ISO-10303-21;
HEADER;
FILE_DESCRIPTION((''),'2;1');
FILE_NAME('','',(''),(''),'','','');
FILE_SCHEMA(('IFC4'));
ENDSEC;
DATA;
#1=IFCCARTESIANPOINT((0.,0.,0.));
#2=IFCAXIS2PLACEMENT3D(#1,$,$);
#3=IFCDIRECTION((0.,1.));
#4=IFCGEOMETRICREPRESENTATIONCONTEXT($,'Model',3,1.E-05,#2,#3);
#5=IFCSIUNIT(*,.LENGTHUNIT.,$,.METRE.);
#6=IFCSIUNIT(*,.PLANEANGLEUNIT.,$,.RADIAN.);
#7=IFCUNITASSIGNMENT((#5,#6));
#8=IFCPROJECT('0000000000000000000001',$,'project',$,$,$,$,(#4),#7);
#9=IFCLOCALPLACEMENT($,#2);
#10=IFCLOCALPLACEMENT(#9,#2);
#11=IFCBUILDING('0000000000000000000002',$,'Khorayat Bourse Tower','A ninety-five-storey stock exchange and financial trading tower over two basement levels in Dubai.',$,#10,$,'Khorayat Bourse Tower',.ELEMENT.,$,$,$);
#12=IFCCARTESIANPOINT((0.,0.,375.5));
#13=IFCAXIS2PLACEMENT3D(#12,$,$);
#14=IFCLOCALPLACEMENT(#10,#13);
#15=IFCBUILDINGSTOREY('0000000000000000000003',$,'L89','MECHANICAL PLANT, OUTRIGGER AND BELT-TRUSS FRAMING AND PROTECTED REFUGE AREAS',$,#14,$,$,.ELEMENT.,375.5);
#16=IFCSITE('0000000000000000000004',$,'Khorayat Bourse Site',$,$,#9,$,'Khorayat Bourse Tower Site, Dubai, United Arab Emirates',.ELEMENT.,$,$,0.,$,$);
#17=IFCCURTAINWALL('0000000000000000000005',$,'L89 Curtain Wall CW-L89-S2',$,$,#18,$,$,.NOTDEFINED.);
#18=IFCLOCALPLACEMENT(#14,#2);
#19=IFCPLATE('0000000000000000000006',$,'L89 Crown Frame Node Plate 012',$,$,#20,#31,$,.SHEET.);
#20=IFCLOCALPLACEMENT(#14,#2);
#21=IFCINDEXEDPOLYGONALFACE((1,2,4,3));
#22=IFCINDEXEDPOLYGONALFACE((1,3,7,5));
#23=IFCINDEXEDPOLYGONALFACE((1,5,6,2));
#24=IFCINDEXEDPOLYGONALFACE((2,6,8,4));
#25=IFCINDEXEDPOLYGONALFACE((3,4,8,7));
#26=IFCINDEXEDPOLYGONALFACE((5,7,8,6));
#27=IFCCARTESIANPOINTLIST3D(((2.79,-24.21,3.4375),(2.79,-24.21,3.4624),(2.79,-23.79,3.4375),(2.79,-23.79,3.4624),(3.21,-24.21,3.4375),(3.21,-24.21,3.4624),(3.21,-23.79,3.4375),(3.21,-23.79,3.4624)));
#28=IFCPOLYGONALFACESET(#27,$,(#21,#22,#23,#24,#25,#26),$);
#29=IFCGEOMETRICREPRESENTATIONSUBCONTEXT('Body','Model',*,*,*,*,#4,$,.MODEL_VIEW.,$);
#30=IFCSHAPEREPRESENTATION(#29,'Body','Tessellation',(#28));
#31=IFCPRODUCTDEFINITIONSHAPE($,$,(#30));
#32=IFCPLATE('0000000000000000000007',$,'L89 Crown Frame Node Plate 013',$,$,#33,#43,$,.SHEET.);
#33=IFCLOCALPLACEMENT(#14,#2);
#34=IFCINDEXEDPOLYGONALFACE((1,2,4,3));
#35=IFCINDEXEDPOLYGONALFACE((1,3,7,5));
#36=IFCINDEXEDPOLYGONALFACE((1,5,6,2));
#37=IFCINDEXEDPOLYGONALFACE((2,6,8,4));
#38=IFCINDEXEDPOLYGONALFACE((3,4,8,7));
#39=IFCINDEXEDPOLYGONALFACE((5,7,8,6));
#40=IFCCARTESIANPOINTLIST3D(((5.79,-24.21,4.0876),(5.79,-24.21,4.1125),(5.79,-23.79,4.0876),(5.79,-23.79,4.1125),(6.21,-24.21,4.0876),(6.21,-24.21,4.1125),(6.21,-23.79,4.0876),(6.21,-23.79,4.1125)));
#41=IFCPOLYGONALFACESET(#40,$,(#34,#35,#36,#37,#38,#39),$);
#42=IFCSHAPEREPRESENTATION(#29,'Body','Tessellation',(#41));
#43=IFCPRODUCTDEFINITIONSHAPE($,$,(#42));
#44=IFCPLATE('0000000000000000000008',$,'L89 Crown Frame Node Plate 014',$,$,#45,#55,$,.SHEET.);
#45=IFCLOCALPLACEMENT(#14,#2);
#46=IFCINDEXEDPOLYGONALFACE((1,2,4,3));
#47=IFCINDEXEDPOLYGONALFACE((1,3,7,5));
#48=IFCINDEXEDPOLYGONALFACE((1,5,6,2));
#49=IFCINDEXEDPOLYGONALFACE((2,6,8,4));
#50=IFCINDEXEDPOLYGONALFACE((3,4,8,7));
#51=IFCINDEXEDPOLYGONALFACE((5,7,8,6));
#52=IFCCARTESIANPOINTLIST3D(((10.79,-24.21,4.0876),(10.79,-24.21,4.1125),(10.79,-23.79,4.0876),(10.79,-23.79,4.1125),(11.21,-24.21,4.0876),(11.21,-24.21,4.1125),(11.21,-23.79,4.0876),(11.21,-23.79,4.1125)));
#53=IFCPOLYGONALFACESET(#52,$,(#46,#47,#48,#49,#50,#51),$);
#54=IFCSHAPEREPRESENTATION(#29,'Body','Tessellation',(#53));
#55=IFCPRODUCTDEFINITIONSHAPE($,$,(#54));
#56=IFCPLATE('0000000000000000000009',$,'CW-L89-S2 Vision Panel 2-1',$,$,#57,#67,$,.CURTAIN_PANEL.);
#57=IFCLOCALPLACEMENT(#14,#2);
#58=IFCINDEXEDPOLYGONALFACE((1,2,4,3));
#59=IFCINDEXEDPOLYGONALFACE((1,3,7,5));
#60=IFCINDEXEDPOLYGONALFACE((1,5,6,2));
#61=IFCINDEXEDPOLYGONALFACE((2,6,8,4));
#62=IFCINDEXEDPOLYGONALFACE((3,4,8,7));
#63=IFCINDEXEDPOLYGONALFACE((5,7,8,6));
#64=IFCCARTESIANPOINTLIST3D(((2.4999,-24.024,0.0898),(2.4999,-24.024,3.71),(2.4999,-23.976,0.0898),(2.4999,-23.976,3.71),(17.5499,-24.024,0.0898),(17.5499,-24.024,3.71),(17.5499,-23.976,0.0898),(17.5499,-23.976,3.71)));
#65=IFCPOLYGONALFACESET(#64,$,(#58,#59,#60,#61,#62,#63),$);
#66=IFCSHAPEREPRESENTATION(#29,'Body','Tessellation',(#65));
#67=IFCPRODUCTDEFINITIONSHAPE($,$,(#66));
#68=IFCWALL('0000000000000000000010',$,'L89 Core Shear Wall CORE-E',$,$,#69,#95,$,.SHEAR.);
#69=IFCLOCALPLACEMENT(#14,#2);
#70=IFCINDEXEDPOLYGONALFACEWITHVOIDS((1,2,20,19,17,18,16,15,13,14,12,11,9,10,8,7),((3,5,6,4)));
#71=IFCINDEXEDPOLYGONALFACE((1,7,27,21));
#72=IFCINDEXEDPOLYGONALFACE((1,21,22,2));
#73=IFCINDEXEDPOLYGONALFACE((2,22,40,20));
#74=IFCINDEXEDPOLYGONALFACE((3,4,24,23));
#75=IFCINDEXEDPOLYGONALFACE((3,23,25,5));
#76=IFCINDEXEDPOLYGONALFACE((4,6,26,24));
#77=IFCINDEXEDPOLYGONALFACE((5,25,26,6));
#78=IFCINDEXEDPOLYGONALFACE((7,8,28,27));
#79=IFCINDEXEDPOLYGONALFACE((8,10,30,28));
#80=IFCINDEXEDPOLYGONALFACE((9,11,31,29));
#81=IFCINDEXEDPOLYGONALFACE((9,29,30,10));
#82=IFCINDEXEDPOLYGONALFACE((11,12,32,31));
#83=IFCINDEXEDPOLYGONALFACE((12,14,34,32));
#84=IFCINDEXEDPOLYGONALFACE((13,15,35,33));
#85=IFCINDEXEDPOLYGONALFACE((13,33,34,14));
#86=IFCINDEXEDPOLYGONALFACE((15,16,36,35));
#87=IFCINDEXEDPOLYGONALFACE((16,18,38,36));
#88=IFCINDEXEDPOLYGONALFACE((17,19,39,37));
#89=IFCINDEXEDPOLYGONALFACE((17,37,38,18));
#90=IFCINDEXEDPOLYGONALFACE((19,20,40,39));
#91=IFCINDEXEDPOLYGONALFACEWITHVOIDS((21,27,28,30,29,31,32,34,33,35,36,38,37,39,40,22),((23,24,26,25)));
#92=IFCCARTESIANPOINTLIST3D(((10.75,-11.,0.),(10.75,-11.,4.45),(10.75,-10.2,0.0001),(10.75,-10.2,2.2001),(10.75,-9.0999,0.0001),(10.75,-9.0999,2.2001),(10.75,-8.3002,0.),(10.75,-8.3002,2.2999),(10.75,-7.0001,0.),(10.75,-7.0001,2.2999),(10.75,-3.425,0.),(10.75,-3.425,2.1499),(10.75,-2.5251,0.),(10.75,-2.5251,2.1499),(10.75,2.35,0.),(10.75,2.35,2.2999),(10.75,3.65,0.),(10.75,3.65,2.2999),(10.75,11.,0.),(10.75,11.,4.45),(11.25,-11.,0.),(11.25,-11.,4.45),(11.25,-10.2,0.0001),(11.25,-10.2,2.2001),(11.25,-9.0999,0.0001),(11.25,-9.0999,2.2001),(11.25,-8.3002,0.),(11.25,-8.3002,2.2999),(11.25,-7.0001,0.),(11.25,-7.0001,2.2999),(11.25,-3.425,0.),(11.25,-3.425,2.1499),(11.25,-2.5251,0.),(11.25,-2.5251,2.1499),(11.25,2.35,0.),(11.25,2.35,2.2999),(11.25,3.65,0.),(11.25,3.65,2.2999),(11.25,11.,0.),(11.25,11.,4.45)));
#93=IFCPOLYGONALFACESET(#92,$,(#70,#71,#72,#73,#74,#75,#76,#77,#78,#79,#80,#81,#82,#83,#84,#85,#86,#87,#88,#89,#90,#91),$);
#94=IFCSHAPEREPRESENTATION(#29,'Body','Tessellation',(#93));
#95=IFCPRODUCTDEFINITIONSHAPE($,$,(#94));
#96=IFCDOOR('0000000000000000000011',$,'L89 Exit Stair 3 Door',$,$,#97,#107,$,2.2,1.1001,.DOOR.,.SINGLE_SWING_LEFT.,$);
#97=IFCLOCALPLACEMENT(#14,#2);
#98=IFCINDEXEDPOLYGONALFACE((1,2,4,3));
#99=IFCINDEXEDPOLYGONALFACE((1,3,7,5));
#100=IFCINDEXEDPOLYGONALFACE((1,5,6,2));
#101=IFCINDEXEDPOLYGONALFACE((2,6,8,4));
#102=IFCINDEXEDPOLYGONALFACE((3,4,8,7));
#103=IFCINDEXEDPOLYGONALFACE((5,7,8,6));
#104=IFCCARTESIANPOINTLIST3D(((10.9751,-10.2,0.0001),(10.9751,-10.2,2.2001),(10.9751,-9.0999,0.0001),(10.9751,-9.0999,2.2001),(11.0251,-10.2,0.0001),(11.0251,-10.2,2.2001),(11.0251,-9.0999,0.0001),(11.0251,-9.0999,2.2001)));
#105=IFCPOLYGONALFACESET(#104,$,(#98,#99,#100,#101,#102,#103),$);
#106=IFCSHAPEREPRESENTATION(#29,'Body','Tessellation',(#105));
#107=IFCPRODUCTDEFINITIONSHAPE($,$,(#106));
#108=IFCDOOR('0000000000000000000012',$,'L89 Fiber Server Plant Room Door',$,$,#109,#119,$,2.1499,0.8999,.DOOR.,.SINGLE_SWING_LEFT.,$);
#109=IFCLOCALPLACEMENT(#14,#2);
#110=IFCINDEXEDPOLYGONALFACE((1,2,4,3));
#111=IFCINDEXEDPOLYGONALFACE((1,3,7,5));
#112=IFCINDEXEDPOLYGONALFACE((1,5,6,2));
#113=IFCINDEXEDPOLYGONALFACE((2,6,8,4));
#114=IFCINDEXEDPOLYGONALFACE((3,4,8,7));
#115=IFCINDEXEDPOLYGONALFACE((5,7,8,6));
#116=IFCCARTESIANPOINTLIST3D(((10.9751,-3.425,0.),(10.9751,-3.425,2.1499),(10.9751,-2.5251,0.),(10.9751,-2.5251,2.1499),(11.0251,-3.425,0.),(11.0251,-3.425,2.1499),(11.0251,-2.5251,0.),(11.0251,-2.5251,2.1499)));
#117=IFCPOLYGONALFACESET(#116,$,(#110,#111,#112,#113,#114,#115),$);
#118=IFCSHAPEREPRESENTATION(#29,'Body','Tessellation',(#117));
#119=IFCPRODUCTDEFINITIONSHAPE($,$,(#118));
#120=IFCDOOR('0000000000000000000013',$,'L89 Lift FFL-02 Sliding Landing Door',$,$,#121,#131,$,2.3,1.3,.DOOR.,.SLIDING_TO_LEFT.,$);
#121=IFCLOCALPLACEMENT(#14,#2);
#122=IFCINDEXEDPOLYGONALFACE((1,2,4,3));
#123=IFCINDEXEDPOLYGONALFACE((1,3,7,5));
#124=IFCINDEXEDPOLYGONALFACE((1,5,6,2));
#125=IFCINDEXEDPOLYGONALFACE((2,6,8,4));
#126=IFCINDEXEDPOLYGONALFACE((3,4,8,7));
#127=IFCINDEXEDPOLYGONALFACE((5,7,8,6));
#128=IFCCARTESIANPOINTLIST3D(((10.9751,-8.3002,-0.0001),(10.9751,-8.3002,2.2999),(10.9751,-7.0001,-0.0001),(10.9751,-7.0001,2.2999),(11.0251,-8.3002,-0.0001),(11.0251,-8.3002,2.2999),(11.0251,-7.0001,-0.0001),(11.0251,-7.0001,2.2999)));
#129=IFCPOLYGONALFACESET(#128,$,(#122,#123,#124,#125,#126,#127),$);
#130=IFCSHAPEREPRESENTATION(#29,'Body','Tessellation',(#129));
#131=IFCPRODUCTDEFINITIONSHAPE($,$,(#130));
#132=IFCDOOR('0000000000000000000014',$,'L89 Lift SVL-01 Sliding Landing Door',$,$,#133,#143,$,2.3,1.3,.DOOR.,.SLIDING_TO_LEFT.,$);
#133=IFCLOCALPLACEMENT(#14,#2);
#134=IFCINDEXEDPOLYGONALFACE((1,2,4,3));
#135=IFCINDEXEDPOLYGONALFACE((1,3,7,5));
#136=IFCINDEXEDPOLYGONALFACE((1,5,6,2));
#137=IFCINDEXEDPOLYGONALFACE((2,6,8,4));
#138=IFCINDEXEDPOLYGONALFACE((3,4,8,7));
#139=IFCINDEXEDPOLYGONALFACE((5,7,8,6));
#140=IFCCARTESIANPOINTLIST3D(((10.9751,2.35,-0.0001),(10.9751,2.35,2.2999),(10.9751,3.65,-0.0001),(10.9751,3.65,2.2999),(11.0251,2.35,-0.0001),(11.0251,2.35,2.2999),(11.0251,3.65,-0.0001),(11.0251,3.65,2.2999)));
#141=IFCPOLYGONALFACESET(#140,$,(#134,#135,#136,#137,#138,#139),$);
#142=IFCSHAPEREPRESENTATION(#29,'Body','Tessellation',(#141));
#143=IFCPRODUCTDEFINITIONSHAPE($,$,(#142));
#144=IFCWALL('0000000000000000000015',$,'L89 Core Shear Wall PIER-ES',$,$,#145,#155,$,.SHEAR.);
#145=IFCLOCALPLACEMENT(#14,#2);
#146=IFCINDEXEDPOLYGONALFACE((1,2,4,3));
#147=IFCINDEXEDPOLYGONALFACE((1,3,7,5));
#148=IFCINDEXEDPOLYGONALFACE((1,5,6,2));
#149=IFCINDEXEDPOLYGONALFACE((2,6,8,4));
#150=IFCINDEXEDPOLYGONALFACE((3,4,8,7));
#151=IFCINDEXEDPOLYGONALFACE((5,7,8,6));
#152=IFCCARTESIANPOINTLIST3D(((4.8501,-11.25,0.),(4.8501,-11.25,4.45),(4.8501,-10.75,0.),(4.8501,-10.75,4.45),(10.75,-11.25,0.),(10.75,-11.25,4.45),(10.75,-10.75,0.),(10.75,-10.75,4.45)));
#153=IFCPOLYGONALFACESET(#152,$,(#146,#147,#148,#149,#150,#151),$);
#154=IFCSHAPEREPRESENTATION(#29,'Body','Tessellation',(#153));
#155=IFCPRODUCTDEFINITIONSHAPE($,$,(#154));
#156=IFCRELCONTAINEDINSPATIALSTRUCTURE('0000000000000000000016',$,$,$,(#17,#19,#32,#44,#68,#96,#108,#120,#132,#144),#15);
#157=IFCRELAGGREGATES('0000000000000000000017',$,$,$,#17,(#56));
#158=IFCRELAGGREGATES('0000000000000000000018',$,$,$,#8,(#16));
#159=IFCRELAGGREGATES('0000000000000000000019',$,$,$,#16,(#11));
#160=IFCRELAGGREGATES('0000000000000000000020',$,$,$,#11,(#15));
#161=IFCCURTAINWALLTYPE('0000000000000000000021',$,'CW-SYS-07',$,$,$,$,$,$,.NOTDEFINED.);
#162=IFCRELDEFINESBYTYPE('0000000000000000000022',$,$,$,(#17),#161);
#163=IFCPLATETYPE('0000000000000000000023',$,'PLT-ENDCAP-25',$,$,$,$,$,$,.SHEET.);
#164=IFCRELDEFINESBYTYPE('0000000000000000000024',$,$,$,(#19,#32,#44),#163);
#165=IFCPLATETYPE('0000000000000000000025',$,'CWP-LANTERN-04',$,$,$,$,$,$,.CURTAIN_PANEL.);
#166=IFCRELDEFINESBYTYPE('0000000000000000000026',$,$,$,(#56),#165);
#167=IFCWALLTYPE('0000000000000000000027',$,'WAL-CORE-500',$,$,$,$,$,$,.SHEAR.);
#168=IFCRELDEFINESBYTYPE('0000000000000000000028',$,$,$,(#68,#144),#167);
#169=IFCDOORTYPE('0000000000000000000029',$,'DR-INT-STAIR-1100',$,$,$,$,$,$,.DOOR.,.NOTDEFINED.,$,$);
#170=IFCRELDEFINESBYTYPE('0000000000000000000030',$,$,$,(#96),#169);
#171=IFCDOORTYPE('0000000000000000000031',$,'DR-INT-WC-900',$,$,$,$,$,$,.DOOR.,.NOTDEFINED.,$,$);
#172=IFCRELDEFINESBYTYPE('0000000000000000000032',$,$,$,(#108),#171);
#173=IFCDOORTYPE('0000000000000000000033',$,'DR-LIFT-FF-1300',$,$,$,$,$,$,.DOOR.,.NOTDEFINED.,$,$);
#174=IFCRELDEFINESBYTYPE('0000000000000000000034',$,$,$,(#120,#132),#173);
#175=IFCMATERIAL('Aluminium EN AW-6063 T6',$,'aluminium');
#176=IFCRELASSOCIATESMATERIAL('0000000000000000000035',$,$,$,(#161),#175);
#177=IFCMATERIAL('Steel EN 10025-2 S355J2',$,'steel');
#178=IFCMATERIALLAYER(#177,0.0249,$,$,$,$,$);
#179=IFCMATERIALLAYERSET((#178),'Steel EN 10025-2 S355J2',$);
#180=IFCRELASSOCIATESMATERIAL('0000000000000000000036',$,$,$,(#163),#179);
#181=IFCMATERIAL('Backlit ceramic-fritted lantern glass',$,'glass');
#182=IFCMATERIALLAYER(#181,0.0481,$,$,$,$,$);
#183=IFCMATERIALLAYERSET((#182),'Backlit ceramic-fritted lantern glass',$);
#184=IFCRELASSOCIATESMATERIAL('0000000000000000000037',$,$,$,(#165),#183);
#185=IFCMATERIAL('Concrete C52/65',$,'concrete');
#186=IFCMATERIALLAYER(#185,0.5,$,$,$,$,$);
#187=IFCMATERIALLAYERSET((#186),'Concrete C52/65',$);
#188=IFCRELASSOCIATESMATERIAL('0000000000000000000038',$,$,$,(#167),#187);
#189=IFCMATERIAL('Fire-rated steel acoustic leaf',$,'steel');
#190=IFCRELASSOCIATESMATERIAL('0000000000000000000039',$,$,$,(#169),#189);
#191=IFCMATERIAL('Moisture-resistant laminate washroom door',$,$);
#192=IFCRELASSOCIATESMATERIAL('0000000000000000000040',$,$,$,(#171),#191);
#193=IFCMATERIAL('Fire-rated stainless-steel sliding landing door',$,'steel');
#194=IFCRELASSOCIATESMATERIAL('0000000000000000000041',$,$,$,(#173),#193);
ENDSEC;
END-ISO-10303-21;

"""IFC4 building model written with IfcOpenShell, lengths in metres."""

from ifc_helpers import new_model, si_unit, direction, frame, frame_2d, origin, origin_2d, place, context, subcontext, project, spatial, rectangle, extrude, source, transform, mapped, material, layer, layer_set, type_object, element, fill, aggregate, save


model = new_model("IFC4")

# Units and contexts
model_context = context("Model", 3, precision=1e-05, world=origin(), true_north=direction((0.0, 1.0)))
body_context = subcontext(model_context, "Body", "Model", "MODEL_VIEW")
ifc_project = project(units=[si_unit("LENGTHUNIT", "METRE"), si_unit("PLANEANGLEUNIT", "RADIAN")], contexts=[model_context])

# Site, building, storey
site_placement = place(None, origin())
site = spatial("IfcSite", under=ifc_project, at=site_placement, Name="Khorayat Bourse Site", LongName="Khorayat Bourse Tower Site, Dubai, United Arab Emirates", CompositionType="ELEMENT", RefElevation=0.0)
building_placement = place(site_placement, origin())
building = spatial("IfcBuilding", under=site, at=building_placement, Name="Khorayat Bourse Tower", Description="A ninety-five-storey stock exchange and financial trading tower over two basement levels in Dubai.", LongName="Khorayat Bourse Tower", CompositionType="ELEMENT")
storey_placement = place(building_placement, frame((0.0, 0.0, 375.5)))
storey = spatial("IfcBuildingStorey", under=building, at=storey_placement, Name="L89", Description="MECHANICAL PLANT, OUTRIGGER AND BELT-TRUSS FRAMING AND PROTECTED REFUGE AREAS", CompositionType="ELEMENT", Elevation=375.5)

# Shared definitions
ifc_material_1 = material(Name="Concrete C52/65", Category="concrete")
ifc_material_2 = material(Name="Steel EN 10025-2 S355J2", Category="steel")

# Curtain wall
ifc_material_3 = material(Name="Aluminium EN AW-6063 T6", Category="aluminium")
curtain_wall_type = type_object("IfcCurtainWallType", Name="CW-SYS-07", PredefinedType="NOTDEFINED", material=ifc_material_3)
curtain_wall_placement = place(storey_placement, origin())
curtain_wall = element("IfcCurtainWall", 1, at=curtain_wall_placement, inside=storey, type_object=curtain_wall_type, Name="L89 Curtain Wall CW-L89-S2", PredefinedType="NOTDEFINED")

# Plates
ifc_layer_1 = layer(ifc_material_2, 0.0249)
ifc_layer_set_1 = layer_set([ifc_layer_1], Name="Steel EN 10025-2 S355J2")
plate_type_1 = type_object("IfcPlateType", Name="PLT-ENDCAP-25", PredefinedType="SHEET", material=ifc_layer_set_1)
shared_shape_1 = source(origin(), body_context, "Body", "SweptSolid", [
    extrude(rectangle(XDim=0.4199, YDim=0.4199, at=origin_2d()), origin(), (0.0, 0.0, 1.0), 0.0249),
])
for number, where, z_axis, x_axis, name in (
    (2, (3.0, -24.0, 3.4375), (0.0, 0.0, 1.0), (1.0, 0.0, 0.0), "L89 Crown Frame Node Plate 012"),
    (3, (6.0, -24.0, 4.0876), (0.0, 0.0, 1.0), (1.0, 0.0, 0.0), "L89 Crown Frame Node Plate 013"),
    (4, (11.0, -24.0, 4.0876), (0.0, 0.0, 1.0), (1.0, 0.0, 0.0), "L89 Crown Frame Node Plate 014"),
):
    element("IfcPlate", number, at=place(storey_placement, frame(where, z_axis=z_axis, x_axis=x_axis)), inside=storey, type_object=plate_type_1, Name=name, PredefinedType="SHEET", context=body_context, shape_type="MappedRepresentation", body=[
        mapped(shared_shape_1, transform((0.0, 0.0, 0.0), scale=1.0)),
    ])

# Plate
ifc_material_4 = material(Name="Backlit ceramic-fritted lantern glass", Category="glass")
ifc_layer_2 = layer(ifc_material_4, 0.0481)
ifc_layer_set_2 = layer_set([ifc_layer_2], Name="Backlit ceramic-fritted lantern glass")
plate_type_2 = type_object("IfcPlateType", Name="CWP-LANTERN-04", PredefinedType="CURTAIN_PANEL", material=ifc_layer_set_2)
shared_shape_2 = source(origin(), body_context, "Body", "SweptSolid", [
    extrude(rectangle(XDim=15.05, YDim=0.0481, at=origin_2d()), origin(), (0.0, 0.0, 1.0), 3.6201),
])
plate_placement = place(storey_placement, frame((10.0249, -24.0, 0.0898), z_axis=(0.0, 0.0, 1.0), x_axis=(1.0, 0.0, 0.0)))
plate = element("IfcPlate", 5, at=plate_placement, type_object=plate_type_2, Name="CW-L89-S2 Vision Panel 2-1", PredefinedType="CURTAIN_PANEL", context=body_context, shape_type="MappedRepresentation", body=[
    mapped(shared_shape_2, transform((0.0, 0.0, 0.0), scale=1.0)),
])
aggregate(curtain_wall, [plate])

# Wall, openings, doors
ifc_layer_3 = layer(ifc_material_1, 0.5)
ifc_layer_set_3 = layer_set([ifc_layer_3], Name="Concrete C52/65")
wall_type = type_object("IfcWallType", Name="WAL-CORE-500", PredefinedType="SHEAR", material=ifc_layer_set_3)
shared_shape_3 = source(origin(), body_context, "Body", "SweptSolid", [
    extrude(rectangle(XDim=22.0, YDim=0.5, at=frame_2d((11.0, 0.0))), origin(), (0.0, 0.0, 1.0), 4.45),
])
wall_1_placement = place(storey_placement, frame((11.0, -11.0, 0.0), z_axis=(0.0, 0.0, 1.0), x_axis=(0.0, 1.0, 0.0)))
wall_1 = element("IfcWall", 6, at=wall_1_placement, inside=storey, type_object=wall_type, Name="L89 Core Shear Wall CORE-E", PredefinedType="SHEAR", context=body_context, shape_type="MappedRepresentation", body=[
    mapped(shared_shape_3, transform((0.0, 0.0, 0.0), scale=1.0)),
])
shared_shape_4 = source(origin(), body_context, "Body", "SweptSolid", [
    extrude(rectangle(XDim=1.1001, YDim=2.2, at=frame_2d((0.55, 1.1001))), frame((0.0, 0.26, 0.0), z_axis=(0.0, -1.0, 0.0), x_axis=(1.0, 0.0, 0.0)), (0.0, 0.0, 1.0), 0.52),
])
opening_1_placement = place(wall_1_placement, frame((0.8, 0.0, 0.0)))
opening_1 = element("IfcOpeningElement", 7, at=opening_1_placement, cuts=wall_1, PredefinedType="OPENING", context=body_context, shape_type="MappedRepresentation", body=[
    mapped(shared_shape_4, transform((0.0, 0.0, 0.0), scale=1.0)),
])
shared_shape_5 = source(origin(), body_context, "Body", "SweptSolid", [
    extrude(rectangle(XDim=0.8999, YDim=2.1499, at=frame_2d((0.45, 1.075))), frame((0.0, 0.26, 0.0), z_axis=(0.0, -1.0, 0.0), x_axis=(1.0, 0.0, 0.0)), (0.0, 0.0, 1.0), 0.52),
])
opening_2_placement = place(wall_1_placement, frame((7.575, 0.0, 0.0)))
opening_2 = element("IfcOpeningElement", 8, at=opening_2_placement, cuts=wall_1, PredefinedType="OPENING", context=body_context, shape_type="MappedRepresentation", body=[
    mapped(shared_shape_5, transform((0.0, 0.0, 0.0), scale=1.0)),
])
shared_shape_6 = source(origin(), body_context, "Body", "SweptSolid", [
    extrude(rectangle(XDim=1.3, YDim=2.3, at=frame_2d((0.6499, 1.1499))), frame((0.0, 0.26, 0.0), z_axis=(0.0, -1.0, 0.0), x_axis=(1.0, 0.0, 0.0)), (0.0, 0.0, 1.0), 0.52),
])
opening_3_placement = place(wall_1_placement, frame((2.7, 0.0, 0.0)))
opening_3 = element("IfcOpeningElement", 9, at=opening_3_placement, cuts=wall_1, PredefinedType="OPENING", context=body_context, shape_type="MappedRepresentation", body=[
    mapped(shared_shape_6, transform((0.0, 0.0, 0.0), scale=1.0)),
])
opening_4_placement = place(wall_1_placement, frame((13.3501, 0.0, 0.0)))
opening_4 = element("IfcOpeningElement", 10, at=opening_4_placement, cuts=wall_1, PredefinedType="OPENING", context=body_context, shape_type="MappedRepresentation", body=[
    mapped(shared_shape_6, transform((0.0, 0.0, 0.0), scale=1.0)),
])
ifc_material_5 = material(Name="Fire-rated steel acoustic leaf", Category="steel")
door_type_1 = type_object("IfcDoorType", Name="DR-INT-STAIR-1100", OperationType="NOTDEFINED", PredefinedType="DOOR", material=ifc_material_5)
shared_shape_7 = source(origin(), body_context, "Body", "SweptSolid", [
    extrude(rectangle(XDim=1.1001, YDim=2.2, at=frame_2d((0.55, 1.1001))), frame((0.0, 0.0249, 0.0), z_axis=(0.0, -1.0, 0.0), x_axis=(1.0, 0.0, 0.0)), (0.0, 0.0, 1.0), 0.05),
])
door_1_placement = place(opening_1_placement, origin())
door_1 = element("IfcDoor", 11, at=door_1_placement, inside=storey, type_object=door_type_1, Name="L89 Exit Stair 3 Door", OperationType="SINGLE_SWING_LEFT", OverallHeight=2.2, OverallWidth=1.1001, PredefinedType="DOOR", context=body_context, shape_type="MappedRepresentation", body=[
    mapped(shared_shape_7, transform((0.0, 0.0, 0.0), scale=1.0)),
])
fill(opening_1, door_1)
ifc_material_6 = material(Name="Moisture-resistant laminate washroom door")
door_type_2 = type_object("IfcDoorType", Name="DR-INT-WC-900", OperationType="NOTDEFINED", PredefinedType="DOOR", material=ifc_material_6)
shared_shape_8 = source(origin(), body_context, "Body", "SweptSolid", [
    extrude(rectangle(XDim=0.8999, YDim=2.1499, at=frame_2d((0.45, 1.075))), frame((0.0, 0.0249, 0.0), z_axis=(0.0, -1.0, 0.0), x_axis=(1.0, 0.0, 0.0)), (0.0, 0.0, 1.0), 0.05),
])
door_2_placement = place(opening_2_placement, origin())
door_2 = element("IfcDoor", 12, at=door_2_placement, inside=storey, type_object=door_type_2, Name="L89 Fiber Server Plant Room Door", OperationType="SINGLE_SWING_LEFT", OverallHeight=2.1499, OverallWidth=0.8999, PredefinedType="DOOR", context=body_context, shape_type="MappedRepresentation", body=[
    mapped(shared_shape_8, transform((0.0, 0.0, 0.0), scale=1.0)),
])
fill(opening_2, door_2)
ifc_material_7 = material(Name="Fire-rated stainless-steel sliding landing door", Category="steel")
door_type_3 = type_object("IfcDoorType", Name="DR-LIFT-FF-1300", OperationType="NOTDEFINED", PredefinedType="DOOR", material=ifc_material_7)
shared_shape_9 = source(origin(), body_context, "Body", "SweptSolid", [
    extrude(rectangle(XDim=1.3, YDim=2.3, at=frame_2d((0.6499, 1.1499))), frame((0.0, 0.0249, 0.0), z_axis=(0.0, -1.0, 0.0), x_axis=(1.0, 0.0, 0.0)), (0.0, 0.0, 1.0), 0.05),
])
door_3_placement = place(opening_3_placement, origin())
door_3 = element("IfcDoor", 13, at=door_3_placement, inside=storey, type_object=door_type_3, Name="L89 Lift FFL-02 Sliding Landing Door", OperationType="SLIDING_TO_LEFT", OverallHeight=2.3, OverallWidth=1.3, PredefinedType="DOOR", context=body_context, shape_type="MappedRepresentation", body=[
    mapped(shared_shape_9, transform((0.0, 0.0, 0.0), scale=1.0)),
])
fill(opening_3, door_3)
door_4_placement = place(opening_4_placement, origin())
door_4 = element("IfcDoor", 14, at=door_4_placement, inside=storey, type_object=door_type_3, Name="L89 Lift SVL-01 Sliding Landing Door", OperationType="SLIDING_TO_LEFT", OverallHeight=2.3, OverallWidth=1.3, PredefinedType="DOOR", context=body_context, shape_type="MappedRepresentation", body=[
    mapped(shared_shape_9, transform((0.0, 0.0, 0.0), scale=1.0)),
])
fill(opening_4, door_4)

# Wall
shared_shape_10 = source(origin(), body_context, "Body", "SweptSolid", [
    extrude(rectangle(XDim=5.8999, YDim=0.5, at=frame_2d((2.95, 0.0))), origin(), (0.0, 0.0, 1.0), 4.45),
])
wall_2_placement = place(storey_placement, frame((4.8501, -11.0, 0.0), z_axis=(0.0, 0.0, 1.0), x_axis=(1.0, 0.0, 0.0)))
element("IfcWall", 15, at=wall_2_placement, inside=storey, type_object=wall_type, Name="L89 Core Shear Wall PIER-ES", PredefinedType="SHEAR", context=body_context, shape_type="MappedRepresentation", body=[
    mapped(shared_shape_10, transform((0.0, 0.0, 0.0), scale=1.0)),
])

save(model, "model.ifc")
